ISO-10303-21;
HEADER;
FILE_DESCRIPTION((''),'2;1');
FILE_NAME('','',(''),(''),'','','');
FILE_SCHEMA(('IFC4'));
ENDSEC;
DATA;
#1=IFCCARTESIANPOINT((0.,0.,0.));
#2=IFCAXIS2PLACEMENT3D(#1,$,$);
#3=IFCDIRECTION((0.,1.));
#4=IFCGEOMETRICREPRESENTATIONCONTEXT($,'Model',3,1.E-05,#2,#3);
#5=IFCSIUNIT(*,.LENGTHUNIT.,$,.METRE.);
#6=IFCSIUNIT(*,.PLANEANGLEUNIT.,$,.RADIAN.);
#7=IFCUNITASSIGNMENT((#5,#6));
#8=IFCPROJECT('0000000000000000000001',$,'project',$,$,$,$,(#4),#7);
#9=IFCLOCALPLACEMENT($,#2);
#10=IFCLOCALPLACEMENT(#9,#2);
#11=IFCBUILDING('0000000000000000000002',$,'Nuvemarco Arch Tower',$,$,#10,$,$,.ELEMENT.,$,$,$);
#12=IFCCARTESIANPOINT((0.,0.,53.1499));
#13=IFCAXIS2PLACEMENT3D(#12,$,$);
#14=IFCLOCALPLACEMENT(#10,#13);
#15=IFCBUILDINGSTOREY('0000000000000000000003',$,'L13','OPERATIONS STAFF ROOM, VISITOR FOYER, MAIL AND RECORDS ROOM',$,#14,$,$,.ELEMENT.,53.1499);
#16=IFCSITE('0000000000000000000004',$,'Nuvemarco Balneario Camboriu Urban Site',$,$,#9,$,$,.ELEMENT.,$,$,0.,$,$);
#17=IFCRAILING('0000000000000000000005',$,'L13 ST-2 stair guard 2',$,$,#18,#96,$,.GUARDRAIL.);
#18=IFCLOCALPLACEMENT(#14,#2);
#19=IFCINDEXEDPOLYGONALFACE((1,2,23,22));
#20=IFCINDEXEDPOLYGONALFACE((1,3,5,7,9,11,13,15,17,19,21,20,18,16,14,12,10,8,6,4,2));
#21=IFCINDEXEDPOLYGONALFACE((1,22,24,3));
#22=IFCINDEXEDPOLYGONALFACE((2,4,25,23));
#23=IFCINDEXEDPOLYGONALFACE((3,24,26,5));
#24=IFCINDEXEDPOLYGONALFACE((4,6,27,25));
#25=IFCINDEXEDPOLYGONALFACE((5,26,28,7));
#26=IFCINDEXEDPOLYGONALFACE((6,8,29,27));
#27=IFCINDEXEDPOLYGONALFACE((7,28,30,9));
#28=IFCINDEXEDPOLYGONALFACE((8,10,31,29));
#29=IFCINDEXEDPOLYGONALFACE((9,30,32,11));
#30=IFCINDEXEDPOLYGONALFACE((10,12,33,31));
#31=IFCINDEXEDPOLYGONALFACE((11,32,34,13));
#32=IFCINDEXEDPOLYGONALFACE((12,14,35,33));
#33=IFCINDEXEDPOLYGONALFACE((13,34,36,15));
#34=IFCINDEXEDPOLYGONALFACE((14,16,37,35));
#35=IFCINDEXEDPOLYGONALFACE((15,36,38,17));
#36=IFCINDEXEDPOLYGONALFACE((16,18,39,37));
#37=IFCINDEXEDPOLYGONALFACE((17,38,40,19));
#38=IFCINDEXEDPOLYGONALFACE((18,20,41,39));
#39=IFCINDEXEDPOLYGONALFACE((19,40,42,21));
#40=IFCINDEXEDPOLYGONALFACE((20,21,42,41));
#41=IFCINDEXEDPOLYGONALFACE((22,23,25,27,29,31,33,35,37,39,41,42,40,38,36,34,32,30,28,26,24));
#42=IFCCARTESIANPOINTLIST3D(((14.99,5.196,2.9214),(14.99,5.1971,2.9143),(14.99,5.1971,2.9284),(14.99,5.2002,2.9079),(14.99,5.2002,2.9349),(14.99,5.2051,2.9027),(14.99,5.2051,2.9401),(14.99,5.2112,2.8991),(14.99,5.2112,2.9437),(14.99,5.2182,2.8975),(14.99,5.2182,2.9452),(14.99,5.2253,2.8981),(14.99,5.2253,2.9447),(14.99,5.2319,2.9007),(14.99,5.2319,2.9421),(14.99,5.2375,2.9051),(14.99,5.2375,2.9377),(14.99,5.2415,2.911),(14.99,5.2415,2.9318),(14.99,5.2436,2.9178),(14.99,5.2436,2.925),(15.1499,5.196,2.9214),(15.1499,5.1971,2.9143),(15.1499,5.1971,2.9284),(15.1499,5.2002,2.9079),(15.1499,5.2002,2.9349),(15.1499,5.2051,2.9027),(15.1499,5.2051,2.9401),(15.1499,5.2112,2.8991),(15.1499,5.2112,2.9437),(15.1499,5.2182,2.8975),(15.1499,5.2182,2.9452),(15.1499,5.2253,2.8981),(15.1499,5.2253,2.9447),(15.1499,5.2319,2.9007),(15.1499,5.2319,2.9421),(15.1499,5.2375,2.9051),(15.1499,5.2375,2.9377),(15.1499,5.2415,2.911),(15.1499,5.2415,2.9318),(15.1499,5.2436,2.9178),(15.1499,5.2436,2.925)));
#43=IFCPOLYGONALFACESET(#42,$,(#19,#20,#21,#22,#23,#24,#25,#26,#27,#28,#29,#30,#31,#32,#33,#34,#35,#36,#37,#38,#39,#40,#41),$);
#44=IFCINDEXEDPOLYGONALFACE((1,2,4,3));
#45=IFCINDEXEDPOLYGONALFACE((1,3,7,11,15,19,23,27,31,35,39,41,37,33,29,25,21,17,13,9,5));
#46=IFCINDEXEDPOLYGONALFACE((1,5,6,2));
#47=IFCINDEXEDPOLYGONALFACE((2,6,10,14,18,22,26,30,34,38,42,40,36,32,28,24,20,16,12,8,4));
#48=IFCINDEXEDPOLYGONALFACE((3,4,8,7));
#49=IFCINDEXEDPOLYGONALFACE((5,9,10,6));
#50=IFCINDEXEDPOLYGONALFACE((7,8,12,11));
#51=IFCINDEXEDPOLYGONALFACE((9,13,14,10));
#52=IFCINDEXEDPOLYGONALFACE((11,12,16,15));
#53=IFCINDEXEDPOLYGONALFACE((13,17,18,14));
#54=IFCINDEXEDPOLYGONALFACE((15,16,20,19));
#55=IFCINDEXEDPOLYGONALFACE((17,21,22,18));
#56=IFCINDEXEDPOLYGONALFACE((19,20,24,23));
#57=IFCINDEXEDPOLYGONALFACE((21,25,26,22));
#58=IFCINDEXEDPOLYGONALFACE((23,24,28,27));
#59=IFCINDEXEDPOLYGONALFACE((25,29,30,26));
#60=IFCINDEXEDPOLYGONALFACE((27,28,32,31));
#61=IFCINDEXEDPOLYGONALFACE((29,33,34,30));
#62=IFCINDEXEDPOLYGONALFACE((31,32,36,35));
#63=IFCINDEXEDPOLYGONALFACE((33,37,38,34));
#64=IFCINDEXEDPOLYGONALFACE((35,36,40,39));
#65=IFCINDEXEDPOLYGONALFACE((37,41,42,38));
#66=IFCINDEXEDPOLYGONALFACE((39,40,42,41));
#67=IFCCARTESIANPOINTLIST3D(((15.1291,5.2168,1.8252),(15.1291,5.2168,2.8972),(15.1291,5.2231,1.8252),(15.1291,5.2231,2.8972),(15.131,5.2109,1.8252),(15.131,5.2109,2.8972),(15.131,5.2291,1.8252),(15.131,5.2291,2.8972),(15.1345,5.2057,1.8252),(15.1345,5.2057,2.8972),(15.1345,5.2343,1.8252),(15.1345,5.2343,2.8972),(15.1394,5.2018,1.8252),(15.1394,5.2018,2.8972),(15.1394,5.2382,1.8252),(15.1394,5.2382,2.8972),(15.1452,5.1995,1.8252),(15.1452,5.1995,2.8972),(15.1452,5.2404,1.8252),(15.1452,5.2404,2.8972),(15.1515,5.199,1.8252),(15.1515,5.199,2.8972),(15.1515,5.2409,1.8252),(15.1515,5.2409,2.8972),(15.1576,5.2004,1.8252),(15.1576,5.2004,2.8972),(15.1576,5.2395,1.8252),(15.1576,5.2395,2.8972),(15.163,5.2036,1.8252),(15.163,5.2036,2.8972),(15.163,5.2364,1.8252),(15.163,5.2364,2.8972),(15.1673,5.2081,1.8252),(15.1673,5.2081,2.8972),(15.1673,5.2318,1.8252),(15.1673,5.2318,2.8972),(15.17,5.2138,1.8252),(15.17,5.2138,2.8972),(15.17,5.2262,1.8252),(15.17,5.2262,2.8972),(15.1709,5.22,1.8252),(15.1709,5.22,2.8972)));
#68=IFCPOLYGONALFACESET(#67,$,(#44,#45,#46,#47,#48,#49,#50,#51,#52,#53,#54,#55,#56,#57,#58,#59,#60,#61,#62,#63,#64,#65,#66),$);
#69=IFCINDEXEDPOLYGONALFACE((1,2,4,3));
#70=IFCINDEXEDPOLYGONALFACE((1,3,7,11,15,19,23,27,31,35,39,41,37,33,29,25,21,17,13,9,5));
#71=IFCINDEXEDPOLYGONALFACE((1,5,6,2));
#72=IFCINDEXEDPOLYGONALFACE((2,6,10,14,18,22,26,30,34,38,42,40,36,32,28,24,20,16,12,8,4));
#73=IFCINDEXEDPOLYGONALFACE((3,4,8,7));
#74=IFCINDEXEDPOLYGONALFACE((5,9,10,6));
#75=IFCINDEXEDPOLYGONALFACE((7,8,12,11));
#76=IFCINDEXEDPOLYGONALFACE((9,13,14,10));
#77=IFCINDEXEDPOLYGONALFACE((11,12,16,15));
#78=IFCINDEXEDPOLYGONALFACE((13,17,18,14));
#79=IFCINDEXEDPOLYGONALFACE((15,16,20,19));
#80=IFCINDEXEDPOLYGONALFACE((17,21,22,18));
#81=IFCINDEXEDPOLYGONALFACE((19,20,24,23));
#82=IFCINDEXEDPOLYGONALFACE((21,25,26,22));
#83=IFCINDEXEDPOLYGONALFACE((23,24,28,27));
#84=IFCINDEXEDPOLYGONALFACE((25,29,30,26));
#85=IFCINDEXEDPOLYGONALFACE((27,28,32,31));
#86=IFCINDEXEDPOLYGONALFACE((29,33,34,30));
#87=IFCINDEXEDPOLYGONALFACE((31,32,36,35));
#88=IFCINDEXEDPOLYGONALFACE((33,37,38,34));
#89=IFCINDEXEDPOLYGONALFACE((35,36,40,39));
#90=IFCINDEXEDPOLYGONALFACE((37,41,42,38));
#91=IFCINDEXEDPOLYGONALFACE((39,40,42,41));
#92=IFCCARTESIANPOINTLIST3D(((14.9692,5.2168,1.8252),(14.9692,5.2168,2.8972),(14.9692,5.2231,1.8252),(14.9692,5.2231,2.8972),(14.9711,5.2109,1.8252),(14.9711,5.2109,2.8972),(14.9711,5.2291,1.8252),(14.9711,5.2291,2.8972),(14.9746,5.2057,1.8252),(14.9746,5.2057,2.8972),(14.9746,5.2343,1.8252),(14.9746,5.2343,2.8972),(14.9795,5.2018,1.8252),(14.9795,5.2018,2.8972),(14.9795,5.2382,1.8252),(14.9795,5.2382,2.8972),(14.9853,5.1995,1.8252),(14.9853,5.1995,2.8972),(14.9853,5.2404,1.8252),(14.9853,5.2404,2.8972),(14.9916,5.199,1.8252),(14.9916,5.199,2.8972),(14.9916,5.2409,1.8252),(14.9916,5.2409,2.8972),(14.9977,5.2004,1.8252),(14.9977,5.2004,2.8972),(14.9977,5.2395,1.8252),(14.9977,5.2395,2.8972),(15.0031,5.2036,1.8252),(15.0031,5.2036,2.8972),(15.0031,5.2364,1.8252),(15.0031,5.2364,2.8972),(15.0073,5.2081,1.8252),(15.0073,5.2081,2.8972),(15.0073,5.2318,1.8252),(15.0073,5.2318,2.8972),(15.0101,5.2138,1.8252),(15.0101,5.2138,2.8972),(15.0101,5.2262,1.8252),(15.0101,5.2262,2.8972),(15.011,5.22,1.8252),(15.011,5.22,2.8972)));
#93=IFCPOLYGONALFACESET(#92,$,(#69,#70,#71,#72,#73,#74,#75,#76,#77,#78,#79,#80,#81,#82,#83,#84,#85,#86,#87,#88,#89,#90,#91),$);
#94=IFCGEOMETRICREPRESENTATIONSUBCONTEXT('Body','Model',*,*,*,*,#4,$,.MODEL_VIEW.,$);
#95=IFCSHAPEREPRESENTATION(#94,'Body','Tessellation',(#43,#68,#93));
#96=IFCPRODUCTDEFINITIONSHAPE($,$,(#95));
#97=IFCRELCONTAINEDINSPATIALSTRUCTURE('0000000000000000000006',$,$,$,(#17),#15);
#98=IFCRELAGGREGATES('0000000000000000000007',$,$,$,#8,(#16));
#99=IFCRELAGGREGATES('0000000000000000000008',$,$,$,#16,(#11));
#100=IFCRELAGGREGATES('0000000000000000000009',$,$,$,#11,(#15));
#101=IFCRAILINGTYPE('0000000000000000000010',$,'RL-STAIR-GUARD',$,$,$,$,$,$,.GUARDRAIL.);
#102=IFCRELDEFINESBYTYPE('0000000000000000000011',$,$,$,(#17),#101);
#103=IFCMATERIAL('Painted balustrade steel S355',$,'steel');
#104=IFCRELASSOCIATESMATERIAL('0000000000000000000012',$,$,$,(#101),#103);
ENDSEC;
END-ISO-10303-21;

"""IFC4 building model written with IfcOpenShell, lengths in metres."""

from ifc_helpers import new_model, si_unit, direction, frame, origin, origin_2d, place, context, subcontext, project, spatial, circle, extrude, material, type_object, element, save


model = new_model("IFC4")

# Units and contexts
model_context = context("Model", 3, precision=1e-05, world=origin(), true_north=direction((0.0, 1.0)))
body_context = subcontext(model_context, "Body", "Model", "MODEL_VIEW")
ifc_project = project(units=[si_unit("LENGTHUNIT", "METRE"), si_unit("PLANEANGLEUNIT", "RADIAN")], contexts=[model_context])

# Site, building, storey
site_placement = place(None, origin())
site = spatial("IfcSite", under=ifc_project, at=site_placement, Name="Nuvemarco Balneario Camboriu Urban Site", CompositionType="ELEMENT", RefElevation=0.0)
building_placement = place(site_placement, origin())
building = spatial("IfcBuilding", under=site, at=building_placement, Name="Nuvemarco Arch Tower", CompositionType="ELEMENT")
storey_placement = place(building_placement, frame((0.0, 0.0, 53.1499)))
storey = spatial("IfcBuildingStorey", under=building, at=storey_placement, Name="L13", Description="OPERATIONS STAFF ROOM, VISITOR FOYER, MAIL AND RECORDS ROOM", CompositionType="ELEMENT", Elevation=53.1499)

# Railing
ifc_material_1 = material(Name="Painted balustrade steel S355", Category="steel")
railing_type_1 = type_object("IfcRailingType", Name="RL-STAIR-GUARD", PredefinedType="GUARDRAIL", material=ifc_material_1)
railing_1_placement = place(storey_placement, frame((15.1499, 5.22, 1.8252)))
element("IfcRailing", 1, at=railing_1_placement, inside=storey, type_object=railing_type_1, Name="L13 ST-2 stair guard 2", PredefinedType="GUARDRAIL", context=body_context, shape_type="SweptSolid", body=[
    extrude(circle(Radius=0.0239, at=origin_2d()), frame((0.0, 0.0, 1.0962), z_axis=(-1.0, 0.0, 0.0), x_axis=(0.0, -1.0, 0.0)), (0.0, 0.0, 1.0), 0.1599),
    extrude(circle(Radius=0.021, at=origin_2d()), origin(), (0.0, 0.0, 1.0), 1.072),
    extrude(circle(Radius=0.021, at=origin_2d()), frame((-0.1599, 0.0, 0.0)), (0.0, 0.0, 1.0), 1.072),
])

save(model, "model.ifc")
